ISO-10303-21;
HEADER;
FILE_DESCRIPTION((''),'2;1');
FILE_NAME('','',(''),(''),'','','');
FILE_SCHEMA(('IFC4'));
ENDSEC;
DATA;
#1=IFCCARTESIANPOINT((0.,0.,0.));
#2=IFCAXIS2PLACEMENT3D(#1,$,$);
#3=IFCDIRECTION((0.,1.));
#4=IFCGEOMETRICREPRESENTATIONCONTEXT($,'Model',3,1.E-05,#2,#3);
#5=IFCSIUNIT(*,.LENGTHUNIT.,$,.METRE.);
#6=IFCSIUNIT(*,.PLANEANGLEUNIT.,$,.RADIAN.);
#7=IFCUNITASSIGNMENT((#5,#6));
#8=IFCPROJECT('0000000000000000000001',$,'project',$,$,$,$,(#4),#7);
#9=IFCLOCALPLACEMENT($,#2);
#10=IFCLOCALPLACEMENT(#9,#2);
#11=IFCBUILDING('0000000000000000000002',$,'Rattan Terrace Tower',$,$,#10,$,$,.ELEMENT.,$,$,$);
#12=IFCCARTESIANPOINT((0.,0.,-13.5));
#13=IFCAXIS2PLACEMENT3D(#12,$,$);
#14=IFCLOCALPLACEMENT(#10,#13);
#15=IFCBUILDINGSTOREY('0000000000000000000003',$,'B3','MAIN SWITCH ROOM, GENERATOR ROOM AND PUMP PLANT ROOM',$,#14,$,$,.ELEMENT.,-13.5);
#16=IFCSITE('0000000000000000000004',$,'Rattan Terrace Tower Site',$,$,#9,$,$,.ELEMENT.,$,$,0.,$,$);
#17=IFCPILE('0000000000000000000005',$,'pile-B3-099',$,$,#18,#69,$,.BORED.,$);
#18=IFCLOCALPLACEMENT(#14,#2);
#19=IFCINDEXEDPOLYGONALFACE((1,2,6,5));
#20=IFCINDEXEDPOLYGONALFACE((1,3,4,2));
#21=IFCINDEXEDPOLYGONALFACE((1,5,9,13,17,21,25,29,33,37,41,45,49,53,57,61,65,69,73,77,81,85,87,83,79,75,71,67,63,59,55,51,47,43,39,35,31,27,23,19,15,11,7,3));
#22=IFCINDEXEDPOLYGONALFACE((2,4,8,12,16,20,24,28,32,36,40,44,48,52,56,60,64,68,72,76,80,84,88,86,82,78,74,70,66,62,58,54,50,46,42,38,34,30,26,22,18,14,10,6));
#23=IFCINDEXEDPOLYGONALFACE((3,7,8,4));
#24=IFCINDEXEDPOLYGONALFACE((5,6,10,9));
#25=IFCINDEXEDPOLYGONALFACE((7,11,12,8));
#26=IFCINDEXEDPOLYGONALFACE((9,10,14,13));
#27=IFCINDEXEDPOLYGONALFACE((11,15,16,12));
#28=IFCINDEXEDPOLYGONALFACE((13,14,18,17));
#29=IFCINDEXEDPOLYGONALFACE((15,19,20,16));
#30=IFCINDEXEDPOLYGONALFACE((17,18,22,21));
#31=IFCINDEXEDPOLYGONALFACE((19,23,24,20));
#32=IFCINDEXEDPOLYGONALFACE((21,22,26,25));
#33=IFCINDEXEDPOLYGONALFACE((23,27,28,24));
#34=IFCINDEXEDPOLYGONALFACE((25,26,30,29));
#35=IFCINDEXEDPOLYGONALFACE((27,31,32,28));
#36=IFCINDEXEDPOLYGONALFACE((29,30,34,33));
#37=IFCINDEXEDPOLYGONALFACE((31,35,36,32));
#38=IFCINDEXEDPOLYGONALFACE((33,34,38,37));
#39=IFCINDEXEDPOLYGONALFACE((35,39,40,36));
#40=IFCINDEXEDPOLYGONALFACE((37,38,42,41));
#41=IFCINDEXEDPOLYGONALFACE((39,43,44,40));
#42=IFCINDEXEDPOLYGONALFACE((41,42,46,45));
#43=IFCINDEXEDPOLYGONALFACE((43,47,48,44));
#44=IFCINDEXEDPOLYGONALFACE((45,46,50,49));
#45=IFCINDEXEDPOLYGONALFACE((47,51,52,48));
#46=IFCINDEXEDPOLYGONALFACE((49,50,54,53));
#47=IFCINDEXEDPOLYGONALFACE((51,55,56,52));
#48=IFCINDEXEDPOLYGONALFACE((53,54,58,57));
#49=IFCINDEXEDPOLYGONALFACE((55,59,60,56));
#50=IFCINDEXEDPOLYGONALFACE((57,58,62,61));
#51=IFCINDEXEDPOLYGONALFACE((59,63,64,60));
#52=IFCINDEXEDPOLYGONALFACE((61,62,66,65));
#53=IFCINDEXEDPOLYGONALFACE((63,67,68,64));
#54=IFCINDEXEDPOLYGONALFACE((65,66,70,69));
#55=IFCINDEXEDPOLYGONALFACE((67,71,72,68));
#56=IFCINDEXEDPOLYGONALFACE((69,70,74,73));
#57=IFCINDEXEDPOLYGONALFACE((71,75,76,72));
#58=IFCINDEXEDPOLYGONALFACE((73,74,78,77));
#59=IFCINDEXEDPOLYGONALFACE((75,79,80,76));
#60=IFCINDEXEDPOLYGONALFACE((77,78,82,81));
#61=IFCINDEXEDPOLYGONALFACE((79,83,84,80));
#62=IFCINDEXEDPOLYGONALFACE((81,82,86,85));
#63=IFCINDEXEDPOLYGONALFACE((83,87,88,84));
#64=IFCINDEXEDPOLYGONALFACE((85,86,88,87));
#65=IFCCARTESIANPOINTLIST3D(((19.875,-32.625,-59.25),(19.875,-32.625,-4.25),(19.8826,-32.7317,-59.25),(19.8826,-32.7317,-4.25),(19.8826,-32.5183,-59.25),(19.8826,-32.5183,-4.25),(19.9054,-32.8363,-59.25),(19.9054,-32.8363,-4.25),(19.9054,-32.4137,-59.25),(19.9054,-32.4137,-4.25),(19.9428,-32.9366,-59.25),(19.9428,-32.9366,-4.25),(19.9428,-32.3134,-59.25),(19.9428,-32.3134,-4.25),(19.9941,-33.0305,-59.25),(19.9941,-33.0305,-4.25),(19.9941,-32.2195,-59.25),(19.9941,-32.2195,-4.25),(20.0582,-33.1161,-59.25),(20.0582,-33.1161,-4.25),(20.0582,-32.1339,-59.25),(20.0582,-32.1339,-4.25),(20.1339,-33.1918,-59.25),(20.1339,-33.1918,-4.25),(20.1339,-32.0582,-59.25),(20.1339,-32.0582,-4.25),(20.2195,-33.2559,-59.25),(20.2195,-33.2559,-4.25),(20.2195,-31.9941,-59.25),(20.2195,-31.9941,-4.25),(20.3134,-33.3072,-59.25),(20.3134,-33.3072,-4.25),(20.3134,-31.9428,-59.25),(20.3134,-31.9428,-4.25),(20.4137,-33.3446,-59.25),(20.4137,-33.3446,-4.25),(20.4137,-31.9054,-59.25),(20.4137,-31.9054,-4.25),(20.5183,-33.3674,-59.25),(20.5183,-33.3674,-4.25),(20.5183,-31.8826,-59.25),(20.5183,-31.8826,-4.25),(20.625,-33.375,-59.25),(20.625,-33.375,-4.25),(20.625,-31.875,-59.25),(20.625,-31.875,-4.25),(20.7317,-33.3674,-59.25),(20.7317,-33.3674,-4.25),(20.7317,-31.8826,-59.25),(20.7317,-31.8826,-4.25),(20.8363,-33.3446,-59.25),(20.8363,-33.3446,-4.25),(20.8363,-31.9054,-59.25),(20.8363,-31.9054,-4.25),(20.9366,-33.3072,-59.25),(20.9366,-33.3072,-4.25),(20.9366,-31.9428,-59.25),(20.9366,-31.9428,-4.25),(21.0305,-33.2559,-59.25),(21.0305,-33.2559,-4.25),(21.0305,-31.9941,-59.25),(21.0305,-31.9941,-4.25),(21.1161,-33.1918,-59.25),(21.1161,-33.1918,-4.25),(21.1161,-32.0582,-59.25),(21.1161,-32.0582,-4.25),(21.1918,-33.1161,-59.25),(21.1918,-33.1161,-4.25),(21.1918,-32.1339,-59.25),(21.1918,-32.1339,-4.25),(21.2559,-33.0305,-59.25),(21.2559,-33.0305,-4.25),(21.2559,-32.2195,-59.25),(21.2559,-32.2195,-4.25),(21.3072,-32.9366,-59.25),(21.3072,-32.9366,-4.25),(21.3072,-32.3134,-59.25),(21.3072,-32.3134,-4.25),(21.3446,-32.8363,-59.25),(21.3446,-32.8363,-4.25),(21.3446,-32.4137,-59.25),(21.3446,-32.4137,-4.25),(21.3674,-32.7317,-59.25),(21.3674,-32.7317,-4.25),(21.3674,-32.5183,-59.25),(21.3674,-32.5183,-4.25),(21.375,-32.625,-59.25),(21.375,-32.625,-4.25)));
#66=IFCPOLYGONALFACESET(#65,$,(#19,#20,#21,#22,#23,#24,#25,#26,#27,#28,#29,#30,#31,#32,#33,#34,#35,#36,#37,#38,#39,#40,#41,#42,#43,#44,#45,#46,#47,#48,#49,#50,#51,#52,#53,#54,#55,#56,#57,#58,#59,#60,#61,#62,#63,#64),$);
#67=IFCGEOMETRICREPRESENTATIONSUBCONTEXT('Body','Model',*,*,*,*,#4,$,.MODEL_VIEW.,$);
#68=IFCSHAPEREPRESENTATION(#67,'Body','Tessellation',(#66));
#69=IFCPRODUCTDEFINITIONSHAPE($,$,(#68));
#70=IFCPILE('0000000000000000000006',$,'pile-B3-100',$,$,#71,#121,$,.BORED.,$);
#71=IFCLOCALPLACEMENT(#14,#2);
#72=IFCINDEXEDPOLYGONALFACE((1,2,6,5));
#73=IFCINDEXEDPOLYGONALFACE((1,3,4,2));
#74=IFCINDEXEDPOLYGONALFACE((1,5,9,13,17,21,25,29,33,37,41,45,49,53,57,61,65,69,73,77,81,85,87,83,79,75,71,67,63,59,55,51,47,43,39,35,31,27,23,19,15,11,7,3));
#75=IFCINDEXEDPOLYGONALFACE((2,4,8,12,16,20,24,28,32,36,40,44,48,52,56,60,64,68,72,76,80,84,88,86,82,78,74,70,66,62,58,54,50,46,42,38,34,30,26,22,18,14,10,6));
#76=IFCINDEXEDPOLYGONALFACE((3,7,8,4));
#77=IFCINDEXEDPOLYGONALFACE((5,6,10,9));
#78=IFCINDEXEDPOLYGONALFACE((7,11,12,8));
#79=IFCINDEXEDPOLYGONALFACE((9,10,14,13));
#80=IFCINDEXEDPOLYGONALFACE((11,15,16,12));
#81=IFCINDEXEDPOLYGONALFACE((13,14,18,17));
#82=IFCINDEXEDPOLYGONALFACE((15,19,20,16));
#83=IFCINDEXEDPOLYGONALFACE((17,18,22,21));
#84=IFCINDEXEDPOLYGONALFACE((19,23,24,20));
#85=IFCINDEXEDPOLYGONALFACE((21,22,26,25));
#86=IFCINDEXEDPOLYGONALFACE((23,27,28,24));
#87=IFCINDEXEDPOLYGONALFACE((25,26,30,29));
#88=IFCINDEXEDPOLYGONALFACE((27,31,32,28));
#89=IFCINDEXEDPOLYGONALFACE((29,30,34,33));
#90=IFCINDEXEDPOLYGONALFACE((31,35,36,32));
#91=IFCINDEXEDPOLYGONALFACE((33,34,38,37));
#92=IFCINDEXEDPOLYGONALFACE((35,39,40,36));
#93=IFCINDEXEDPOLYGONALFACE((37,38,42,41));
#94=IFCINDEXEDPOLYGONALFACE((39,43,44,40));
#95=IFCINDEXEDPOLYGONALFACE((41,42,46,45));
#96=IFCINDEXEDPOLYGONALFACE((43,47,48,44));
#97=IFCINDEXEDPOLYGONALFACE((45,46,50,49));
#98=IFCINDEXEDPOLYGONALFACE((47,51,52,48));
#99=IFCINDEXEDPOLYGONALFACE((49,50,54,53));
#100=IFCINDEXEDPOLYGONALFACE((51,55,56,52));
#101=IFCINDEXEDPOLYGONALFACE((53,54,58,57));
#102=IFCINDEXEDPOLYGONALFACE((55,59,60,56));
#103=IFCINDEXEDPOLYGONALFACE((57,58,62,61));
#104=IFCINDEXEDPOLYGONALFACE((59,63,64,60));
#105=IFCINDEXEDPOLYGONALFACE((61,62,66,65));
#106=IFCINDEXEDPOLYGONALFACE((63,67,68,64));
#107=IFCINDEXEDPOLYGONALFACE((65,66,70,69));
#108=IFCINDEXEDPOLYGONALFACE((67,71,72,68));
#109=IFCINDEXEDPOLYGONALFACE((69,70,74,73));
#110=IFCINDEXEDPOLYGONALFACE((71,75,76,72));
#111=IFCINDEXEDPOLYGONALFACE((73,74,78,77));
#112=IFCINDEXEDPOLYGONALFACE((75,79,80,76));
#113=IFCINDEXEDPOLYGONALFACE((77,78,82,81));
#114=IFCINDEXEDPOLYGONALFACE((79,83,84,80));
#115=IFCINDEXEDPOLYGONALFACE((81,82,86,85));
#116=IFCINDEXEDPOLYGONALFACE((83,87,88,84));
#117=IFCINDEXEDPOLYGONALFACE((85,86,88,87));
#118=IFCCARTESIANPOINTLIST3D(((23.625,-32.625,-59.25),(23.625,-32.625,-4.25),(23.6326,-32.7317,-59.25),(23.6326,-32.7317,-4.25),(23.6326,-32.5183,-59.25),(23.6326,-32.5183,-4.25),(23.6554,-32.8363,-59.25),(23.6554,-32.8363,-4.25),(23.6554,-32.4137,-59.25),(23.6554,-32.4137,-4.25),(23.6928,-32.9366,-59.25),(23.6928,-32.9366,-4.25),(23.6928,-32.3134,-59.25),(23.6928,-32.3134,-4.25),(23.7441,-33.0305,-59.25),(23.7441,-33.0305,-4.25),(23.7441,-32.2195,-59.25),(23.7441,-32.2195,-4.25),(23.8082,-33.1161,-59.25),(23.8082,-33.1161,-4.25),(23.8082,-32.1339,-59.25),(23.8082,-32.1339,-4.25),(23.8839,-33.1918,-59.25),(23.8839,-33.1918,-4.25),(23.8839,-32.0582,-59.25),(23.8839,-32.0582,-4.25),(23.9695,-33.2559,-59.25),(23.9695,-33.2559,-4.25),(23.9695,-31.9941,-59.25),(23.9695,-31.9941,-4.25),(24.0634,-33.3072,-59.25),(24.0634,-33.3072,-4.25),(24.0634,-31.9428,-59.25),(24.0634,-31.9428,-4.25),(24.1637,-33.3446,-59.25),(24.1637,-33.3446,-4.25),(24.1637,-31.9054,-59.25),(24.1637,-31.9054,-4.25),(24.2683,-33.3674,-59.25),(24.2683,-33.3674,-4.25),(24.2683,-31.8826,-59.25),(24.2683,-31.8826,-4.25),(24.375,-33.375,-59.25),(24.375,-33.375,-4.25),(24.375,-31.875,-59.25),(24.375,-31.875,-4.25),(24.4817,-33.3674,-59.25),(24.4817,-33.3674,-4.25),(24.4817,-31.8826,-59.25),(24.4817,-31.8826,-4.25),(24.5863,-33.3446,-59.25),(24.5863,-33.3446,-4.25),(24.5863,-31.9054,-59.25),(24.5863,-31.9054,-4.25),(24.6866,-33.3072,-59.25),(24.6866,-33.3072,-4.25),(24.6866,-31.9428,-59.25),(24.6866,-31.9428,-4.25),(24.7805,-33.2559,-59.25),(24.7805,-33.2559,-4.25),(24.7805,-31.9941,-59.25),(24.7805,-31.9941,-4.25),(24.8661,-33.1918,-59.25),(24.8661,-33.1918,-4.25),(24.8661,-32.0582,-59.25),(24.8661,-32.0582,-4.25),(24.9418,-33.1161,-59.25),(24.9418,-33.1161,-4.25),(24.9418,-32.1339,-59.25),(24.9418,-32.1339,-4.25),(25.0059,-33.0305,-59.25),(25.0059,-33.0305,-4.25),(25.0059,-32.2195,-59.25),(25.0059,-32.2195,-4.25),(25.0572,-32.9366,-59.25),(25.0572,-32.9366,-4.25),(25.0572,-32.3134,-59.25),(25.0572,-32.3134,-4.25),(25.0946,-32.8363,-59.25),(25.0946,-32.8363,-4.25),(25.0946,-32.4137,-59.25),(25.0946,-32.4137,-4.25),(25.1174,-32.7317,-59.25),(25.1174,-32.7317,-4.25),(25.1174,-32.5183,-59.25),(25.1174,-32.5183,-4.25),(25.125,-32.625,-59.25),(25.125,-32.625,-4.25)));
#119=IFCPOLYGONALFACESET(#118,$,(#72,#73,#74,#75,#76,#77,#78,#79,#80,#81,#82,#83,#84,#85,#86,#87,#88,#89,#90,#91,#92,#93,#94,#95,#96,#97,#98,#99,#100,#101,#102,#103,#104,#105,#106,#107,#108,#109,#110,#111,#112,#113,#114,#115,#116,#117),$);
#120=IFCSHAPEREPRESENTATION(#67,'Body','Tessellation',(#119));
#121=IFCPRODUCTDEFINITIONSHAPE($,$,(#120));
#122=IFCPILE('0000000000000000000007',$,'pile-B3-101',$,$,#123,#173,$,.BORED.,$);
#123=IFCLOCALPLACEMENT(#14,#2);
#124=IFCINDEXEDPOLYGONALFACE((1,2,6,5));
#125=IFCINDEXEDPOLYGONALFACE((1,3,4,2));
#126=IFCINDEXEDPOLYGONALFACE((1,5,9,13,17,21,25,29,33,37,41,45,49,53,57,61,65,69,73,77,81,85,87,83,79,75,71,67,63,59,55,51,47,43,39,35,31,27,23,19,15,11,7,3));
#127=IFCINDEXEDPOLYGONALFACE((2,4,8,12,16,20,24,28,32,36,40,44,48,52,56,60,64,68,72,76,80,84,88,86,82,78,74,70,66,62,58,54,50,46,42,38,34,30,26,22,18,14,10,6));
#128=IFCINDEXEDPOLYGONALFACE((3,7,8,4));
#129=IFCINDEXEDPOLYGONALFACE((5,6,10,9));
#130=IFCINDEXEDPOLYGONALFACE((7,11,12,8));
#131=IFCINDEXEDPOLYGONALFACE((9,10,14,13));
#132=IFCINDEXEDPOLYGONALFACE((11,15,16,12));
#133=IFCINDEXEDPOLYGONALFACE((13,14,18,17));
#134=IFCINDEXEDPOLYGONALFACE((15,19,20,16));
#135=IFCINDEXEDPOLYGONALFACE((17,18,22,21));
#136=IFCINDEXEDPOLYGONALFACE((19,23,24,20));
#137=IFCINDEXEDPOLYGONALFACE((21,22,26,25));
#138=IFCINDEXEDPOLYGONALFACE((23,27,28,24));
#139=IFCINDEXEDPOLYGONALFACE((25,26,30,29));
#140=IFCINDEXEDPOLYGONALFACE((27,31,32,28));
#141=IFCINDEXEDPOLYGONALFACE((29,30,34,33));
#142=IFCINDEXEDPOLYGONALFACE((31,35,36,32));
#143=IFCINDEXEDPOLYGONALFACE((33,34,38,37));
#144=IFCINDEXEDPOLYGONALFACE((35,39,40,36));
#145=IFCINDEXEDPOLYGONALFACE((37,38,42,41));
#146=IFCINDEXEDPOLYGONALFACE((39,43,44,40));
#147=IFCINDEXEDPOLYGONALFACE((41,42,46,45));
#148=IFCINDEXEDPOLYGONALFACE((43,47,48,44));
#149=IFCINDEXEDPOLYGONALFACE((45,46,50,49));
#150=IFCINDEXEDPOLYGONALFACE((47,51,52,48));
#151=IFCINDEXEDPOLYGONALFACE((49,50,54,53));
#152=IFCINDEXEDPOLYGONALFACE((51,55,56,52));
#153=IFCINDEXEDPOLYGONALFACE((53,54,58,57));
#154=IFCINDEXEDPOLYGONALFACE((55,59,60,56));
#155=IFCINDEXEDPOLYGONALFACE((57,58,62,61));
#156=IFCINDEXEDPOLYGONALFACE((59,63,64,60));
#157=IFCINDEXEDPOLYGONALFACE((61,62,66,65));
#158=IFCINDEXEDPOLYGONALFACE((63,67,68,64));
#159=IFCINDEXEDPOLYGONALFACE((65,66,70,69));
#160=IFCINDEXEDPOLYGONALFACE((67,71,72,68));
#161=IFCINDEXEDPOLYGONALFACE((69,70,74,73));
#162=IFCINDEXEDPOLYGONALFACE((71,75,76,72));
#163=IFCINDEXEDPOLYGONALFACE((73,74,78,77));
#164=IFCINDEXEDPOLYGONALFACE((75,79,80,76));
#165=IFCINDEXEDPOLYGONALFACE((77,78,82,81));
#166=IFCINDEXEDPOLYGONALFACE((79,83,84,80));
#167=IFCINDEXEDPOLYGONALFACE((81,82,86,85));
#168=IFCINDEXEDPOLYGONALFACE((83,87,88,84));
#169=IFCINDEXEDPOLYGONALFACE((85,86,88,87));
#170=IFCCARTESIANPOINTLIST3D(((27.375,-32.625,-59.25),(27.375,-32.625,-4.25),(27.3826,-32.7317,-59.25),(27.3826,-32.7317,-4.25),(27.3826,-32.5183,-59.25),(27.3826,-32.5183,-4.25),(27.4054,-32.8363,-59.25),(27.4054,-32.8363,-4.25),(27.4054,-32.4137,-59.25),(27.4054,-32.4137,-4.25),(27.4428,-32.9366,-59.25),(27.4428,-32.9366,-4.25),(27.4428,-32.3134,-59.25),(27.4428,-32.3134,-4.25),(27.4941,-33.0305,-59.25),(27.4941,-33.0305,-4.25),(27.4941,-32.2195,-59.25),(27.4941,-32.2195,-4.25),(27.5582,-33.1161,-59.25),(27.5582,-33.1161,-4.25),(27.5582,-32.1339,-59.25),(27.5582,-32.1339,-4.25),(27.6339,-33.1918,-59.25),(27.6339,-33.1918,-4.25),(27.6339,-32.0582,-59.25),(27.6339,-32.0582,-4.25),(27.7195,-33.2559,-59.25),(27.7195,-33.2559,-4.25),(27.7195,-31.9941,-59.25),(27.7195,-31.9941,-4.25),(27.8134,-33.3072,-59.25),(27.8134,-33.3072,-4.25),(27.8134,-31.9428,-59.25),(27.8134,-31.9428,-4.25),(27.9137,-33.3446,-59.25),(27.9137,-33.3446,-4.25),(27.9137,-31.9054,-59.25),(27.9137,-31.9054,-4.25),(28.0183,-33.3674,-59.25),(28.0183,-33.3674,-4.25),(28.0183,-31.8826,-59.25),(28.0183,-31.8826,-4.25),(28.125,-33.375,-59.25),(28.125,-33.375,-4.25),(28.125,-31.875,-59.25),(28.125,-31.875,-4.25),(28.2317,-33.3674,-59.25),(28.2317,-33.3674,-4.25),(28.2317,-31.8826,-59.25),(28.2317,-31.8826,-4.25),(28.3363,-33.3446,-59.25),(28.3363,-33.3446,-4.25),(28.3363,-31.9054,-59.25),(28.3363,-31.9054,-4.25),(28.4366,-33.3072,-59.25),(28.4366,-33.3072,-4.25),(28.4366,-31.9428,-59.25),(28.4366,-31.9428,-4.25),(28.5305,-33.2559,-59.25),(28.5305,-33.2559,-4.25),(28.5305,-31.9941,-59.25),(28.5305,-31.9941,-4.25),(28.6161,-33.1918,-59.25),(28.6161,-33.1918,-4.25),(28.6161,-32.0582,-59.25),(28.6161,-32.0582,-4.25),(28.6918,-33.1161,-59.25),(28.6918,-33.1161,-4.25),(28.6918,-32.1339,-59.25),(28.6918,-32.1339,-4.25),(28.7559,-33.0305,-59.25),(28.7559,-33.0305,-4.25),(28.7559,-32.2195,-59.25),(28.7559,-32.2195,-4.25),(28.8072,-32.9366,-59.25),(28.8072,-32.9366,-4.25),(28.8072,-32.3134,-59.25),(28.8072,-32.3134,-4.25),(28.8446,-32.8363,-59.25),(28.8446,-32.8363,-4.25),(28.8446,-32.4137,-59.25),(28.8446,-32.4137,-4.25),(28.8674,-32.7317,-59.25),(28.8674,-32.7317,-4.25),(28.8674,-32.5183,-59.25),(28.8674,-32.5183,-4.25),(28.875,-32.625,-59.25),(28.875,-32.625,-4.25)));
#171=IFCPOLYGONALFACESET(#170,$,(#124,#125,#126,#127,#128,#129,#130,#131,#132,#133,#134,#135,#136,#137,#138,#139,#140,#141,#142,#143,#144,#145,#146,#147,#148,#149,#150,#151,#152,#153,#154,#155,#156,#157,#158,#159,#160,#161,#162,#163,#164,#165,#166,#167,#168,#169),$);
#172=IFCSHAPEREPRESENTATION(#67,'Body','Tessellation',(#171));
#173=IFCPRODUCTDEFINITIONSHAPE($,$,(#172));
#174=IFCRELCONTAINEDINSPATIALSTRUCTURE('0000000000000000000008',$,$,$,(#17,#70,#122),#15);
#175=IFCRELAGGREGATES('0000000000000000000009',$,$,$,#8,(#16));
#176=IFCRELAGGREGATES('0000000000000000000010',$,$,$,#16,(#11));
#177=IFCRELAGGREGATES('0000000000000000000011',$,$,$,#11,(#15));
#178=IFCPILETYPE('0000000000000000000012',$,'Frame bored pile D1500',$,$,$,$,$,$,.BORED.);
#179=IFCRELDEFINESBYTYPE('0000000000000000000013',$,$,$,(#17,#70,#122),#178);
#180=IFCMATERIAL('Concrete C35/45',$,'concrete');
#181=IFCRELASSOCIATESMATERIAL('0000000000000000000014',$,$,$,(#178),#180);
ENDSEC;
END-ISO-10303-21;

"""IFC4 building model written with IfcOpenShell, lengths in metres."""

from ifc_helpers import new_model, si_unit, direction, frame, origin, origin_2d, place, context, subcontext, project, spatial, circle, extrude, material, material_profile, profile_set, type_object, element, save


model = new_model("IFC4")

# Units and contexts
model_context = context("Model", 3, precision=1e-05, world=origin(), true_north=direction((0.0, 1.0)))
body_context = subcontext(model_context, "Body", "Model", "MODEL_VIEW")
ifc_project = project(units=[si_unit("LENGTHUNIT", "METRE"), si_unit("PLANEANGLEUNIT", "RADIAN")], contexts=[model_context])

# Site, building, storey
site_placement = place(None, origin())
site = spatial("IfcSite", under=ifc_project, at=site_placement, Name="Rattan Terrace Tower Site", CompositionType="ELEMENT", RefElevation=0.0)
building_placement = place(site_placement, origin())
building = spatial("IfcBuilding", under=site, at=building_placement, Name="Rattan Terrace Tower", CompositionType="ELEMENT")
storey_placement = place(building_placement, frame((0.0, 0.0, -13.5)))
storey = spatial("IfcBuildingStorey", under=building, at=storey_placement, Name="B3", Description="MAIN SWITCH ROOM, GENERATOR ROOM AND PUMP PLANT ROOM", CompositionType="ELEMENT", Elevation=-13.5)

# Piles
ifc_material_1 = material(Name="Concrete C35/45", Category="concrete")
ifc_material_profile_1 = material_profile(ifc_material_1, circle(Radius=0.75, at=origin_2d()), Name="PILE D1500")
ifc_profile_set_1 = profile_set([ifc_material_profile_1], Name="Concrete C35/45")
pile_type = type_object("IfcPileType", Name="Frame bored pile D1500", PredefinedType="BORED", material=ifc_profile_set_1)
for number, where, z_axis, x_axis, name in (
    (1, (20.625, -32.625, -4.25), (0.0, 0.0, -1.0), (1.0, 0.0, 0.0), "pile-B3-099"),
    (2, (24.375, -32.625, -4.25), (0.0, 0.0, -1.0), (1.0, 0.0, 0.0), "pile-B3-100"),
    (3, (28.125, -32.625, -4.25), (0.0, 0.0, -1.0), (1.0, 0.0, 0.0), "pile-B3-101"),
):
    element("IfcPile", number, at=place(storey_placement, frame(where, z_axis=z_axis, x_axis=x_axis)), inside=storey, type_object=pile_type, Name=name, PredefinedType="BORED", context=body_context, shape_type="SweptSolid", body=[
        extrude(circle(Radius=0.75, at=origin_2d()), origin(), (0.0, 0.0, 1.0), 55.0),
    ])

save(model, "model.ifc")
